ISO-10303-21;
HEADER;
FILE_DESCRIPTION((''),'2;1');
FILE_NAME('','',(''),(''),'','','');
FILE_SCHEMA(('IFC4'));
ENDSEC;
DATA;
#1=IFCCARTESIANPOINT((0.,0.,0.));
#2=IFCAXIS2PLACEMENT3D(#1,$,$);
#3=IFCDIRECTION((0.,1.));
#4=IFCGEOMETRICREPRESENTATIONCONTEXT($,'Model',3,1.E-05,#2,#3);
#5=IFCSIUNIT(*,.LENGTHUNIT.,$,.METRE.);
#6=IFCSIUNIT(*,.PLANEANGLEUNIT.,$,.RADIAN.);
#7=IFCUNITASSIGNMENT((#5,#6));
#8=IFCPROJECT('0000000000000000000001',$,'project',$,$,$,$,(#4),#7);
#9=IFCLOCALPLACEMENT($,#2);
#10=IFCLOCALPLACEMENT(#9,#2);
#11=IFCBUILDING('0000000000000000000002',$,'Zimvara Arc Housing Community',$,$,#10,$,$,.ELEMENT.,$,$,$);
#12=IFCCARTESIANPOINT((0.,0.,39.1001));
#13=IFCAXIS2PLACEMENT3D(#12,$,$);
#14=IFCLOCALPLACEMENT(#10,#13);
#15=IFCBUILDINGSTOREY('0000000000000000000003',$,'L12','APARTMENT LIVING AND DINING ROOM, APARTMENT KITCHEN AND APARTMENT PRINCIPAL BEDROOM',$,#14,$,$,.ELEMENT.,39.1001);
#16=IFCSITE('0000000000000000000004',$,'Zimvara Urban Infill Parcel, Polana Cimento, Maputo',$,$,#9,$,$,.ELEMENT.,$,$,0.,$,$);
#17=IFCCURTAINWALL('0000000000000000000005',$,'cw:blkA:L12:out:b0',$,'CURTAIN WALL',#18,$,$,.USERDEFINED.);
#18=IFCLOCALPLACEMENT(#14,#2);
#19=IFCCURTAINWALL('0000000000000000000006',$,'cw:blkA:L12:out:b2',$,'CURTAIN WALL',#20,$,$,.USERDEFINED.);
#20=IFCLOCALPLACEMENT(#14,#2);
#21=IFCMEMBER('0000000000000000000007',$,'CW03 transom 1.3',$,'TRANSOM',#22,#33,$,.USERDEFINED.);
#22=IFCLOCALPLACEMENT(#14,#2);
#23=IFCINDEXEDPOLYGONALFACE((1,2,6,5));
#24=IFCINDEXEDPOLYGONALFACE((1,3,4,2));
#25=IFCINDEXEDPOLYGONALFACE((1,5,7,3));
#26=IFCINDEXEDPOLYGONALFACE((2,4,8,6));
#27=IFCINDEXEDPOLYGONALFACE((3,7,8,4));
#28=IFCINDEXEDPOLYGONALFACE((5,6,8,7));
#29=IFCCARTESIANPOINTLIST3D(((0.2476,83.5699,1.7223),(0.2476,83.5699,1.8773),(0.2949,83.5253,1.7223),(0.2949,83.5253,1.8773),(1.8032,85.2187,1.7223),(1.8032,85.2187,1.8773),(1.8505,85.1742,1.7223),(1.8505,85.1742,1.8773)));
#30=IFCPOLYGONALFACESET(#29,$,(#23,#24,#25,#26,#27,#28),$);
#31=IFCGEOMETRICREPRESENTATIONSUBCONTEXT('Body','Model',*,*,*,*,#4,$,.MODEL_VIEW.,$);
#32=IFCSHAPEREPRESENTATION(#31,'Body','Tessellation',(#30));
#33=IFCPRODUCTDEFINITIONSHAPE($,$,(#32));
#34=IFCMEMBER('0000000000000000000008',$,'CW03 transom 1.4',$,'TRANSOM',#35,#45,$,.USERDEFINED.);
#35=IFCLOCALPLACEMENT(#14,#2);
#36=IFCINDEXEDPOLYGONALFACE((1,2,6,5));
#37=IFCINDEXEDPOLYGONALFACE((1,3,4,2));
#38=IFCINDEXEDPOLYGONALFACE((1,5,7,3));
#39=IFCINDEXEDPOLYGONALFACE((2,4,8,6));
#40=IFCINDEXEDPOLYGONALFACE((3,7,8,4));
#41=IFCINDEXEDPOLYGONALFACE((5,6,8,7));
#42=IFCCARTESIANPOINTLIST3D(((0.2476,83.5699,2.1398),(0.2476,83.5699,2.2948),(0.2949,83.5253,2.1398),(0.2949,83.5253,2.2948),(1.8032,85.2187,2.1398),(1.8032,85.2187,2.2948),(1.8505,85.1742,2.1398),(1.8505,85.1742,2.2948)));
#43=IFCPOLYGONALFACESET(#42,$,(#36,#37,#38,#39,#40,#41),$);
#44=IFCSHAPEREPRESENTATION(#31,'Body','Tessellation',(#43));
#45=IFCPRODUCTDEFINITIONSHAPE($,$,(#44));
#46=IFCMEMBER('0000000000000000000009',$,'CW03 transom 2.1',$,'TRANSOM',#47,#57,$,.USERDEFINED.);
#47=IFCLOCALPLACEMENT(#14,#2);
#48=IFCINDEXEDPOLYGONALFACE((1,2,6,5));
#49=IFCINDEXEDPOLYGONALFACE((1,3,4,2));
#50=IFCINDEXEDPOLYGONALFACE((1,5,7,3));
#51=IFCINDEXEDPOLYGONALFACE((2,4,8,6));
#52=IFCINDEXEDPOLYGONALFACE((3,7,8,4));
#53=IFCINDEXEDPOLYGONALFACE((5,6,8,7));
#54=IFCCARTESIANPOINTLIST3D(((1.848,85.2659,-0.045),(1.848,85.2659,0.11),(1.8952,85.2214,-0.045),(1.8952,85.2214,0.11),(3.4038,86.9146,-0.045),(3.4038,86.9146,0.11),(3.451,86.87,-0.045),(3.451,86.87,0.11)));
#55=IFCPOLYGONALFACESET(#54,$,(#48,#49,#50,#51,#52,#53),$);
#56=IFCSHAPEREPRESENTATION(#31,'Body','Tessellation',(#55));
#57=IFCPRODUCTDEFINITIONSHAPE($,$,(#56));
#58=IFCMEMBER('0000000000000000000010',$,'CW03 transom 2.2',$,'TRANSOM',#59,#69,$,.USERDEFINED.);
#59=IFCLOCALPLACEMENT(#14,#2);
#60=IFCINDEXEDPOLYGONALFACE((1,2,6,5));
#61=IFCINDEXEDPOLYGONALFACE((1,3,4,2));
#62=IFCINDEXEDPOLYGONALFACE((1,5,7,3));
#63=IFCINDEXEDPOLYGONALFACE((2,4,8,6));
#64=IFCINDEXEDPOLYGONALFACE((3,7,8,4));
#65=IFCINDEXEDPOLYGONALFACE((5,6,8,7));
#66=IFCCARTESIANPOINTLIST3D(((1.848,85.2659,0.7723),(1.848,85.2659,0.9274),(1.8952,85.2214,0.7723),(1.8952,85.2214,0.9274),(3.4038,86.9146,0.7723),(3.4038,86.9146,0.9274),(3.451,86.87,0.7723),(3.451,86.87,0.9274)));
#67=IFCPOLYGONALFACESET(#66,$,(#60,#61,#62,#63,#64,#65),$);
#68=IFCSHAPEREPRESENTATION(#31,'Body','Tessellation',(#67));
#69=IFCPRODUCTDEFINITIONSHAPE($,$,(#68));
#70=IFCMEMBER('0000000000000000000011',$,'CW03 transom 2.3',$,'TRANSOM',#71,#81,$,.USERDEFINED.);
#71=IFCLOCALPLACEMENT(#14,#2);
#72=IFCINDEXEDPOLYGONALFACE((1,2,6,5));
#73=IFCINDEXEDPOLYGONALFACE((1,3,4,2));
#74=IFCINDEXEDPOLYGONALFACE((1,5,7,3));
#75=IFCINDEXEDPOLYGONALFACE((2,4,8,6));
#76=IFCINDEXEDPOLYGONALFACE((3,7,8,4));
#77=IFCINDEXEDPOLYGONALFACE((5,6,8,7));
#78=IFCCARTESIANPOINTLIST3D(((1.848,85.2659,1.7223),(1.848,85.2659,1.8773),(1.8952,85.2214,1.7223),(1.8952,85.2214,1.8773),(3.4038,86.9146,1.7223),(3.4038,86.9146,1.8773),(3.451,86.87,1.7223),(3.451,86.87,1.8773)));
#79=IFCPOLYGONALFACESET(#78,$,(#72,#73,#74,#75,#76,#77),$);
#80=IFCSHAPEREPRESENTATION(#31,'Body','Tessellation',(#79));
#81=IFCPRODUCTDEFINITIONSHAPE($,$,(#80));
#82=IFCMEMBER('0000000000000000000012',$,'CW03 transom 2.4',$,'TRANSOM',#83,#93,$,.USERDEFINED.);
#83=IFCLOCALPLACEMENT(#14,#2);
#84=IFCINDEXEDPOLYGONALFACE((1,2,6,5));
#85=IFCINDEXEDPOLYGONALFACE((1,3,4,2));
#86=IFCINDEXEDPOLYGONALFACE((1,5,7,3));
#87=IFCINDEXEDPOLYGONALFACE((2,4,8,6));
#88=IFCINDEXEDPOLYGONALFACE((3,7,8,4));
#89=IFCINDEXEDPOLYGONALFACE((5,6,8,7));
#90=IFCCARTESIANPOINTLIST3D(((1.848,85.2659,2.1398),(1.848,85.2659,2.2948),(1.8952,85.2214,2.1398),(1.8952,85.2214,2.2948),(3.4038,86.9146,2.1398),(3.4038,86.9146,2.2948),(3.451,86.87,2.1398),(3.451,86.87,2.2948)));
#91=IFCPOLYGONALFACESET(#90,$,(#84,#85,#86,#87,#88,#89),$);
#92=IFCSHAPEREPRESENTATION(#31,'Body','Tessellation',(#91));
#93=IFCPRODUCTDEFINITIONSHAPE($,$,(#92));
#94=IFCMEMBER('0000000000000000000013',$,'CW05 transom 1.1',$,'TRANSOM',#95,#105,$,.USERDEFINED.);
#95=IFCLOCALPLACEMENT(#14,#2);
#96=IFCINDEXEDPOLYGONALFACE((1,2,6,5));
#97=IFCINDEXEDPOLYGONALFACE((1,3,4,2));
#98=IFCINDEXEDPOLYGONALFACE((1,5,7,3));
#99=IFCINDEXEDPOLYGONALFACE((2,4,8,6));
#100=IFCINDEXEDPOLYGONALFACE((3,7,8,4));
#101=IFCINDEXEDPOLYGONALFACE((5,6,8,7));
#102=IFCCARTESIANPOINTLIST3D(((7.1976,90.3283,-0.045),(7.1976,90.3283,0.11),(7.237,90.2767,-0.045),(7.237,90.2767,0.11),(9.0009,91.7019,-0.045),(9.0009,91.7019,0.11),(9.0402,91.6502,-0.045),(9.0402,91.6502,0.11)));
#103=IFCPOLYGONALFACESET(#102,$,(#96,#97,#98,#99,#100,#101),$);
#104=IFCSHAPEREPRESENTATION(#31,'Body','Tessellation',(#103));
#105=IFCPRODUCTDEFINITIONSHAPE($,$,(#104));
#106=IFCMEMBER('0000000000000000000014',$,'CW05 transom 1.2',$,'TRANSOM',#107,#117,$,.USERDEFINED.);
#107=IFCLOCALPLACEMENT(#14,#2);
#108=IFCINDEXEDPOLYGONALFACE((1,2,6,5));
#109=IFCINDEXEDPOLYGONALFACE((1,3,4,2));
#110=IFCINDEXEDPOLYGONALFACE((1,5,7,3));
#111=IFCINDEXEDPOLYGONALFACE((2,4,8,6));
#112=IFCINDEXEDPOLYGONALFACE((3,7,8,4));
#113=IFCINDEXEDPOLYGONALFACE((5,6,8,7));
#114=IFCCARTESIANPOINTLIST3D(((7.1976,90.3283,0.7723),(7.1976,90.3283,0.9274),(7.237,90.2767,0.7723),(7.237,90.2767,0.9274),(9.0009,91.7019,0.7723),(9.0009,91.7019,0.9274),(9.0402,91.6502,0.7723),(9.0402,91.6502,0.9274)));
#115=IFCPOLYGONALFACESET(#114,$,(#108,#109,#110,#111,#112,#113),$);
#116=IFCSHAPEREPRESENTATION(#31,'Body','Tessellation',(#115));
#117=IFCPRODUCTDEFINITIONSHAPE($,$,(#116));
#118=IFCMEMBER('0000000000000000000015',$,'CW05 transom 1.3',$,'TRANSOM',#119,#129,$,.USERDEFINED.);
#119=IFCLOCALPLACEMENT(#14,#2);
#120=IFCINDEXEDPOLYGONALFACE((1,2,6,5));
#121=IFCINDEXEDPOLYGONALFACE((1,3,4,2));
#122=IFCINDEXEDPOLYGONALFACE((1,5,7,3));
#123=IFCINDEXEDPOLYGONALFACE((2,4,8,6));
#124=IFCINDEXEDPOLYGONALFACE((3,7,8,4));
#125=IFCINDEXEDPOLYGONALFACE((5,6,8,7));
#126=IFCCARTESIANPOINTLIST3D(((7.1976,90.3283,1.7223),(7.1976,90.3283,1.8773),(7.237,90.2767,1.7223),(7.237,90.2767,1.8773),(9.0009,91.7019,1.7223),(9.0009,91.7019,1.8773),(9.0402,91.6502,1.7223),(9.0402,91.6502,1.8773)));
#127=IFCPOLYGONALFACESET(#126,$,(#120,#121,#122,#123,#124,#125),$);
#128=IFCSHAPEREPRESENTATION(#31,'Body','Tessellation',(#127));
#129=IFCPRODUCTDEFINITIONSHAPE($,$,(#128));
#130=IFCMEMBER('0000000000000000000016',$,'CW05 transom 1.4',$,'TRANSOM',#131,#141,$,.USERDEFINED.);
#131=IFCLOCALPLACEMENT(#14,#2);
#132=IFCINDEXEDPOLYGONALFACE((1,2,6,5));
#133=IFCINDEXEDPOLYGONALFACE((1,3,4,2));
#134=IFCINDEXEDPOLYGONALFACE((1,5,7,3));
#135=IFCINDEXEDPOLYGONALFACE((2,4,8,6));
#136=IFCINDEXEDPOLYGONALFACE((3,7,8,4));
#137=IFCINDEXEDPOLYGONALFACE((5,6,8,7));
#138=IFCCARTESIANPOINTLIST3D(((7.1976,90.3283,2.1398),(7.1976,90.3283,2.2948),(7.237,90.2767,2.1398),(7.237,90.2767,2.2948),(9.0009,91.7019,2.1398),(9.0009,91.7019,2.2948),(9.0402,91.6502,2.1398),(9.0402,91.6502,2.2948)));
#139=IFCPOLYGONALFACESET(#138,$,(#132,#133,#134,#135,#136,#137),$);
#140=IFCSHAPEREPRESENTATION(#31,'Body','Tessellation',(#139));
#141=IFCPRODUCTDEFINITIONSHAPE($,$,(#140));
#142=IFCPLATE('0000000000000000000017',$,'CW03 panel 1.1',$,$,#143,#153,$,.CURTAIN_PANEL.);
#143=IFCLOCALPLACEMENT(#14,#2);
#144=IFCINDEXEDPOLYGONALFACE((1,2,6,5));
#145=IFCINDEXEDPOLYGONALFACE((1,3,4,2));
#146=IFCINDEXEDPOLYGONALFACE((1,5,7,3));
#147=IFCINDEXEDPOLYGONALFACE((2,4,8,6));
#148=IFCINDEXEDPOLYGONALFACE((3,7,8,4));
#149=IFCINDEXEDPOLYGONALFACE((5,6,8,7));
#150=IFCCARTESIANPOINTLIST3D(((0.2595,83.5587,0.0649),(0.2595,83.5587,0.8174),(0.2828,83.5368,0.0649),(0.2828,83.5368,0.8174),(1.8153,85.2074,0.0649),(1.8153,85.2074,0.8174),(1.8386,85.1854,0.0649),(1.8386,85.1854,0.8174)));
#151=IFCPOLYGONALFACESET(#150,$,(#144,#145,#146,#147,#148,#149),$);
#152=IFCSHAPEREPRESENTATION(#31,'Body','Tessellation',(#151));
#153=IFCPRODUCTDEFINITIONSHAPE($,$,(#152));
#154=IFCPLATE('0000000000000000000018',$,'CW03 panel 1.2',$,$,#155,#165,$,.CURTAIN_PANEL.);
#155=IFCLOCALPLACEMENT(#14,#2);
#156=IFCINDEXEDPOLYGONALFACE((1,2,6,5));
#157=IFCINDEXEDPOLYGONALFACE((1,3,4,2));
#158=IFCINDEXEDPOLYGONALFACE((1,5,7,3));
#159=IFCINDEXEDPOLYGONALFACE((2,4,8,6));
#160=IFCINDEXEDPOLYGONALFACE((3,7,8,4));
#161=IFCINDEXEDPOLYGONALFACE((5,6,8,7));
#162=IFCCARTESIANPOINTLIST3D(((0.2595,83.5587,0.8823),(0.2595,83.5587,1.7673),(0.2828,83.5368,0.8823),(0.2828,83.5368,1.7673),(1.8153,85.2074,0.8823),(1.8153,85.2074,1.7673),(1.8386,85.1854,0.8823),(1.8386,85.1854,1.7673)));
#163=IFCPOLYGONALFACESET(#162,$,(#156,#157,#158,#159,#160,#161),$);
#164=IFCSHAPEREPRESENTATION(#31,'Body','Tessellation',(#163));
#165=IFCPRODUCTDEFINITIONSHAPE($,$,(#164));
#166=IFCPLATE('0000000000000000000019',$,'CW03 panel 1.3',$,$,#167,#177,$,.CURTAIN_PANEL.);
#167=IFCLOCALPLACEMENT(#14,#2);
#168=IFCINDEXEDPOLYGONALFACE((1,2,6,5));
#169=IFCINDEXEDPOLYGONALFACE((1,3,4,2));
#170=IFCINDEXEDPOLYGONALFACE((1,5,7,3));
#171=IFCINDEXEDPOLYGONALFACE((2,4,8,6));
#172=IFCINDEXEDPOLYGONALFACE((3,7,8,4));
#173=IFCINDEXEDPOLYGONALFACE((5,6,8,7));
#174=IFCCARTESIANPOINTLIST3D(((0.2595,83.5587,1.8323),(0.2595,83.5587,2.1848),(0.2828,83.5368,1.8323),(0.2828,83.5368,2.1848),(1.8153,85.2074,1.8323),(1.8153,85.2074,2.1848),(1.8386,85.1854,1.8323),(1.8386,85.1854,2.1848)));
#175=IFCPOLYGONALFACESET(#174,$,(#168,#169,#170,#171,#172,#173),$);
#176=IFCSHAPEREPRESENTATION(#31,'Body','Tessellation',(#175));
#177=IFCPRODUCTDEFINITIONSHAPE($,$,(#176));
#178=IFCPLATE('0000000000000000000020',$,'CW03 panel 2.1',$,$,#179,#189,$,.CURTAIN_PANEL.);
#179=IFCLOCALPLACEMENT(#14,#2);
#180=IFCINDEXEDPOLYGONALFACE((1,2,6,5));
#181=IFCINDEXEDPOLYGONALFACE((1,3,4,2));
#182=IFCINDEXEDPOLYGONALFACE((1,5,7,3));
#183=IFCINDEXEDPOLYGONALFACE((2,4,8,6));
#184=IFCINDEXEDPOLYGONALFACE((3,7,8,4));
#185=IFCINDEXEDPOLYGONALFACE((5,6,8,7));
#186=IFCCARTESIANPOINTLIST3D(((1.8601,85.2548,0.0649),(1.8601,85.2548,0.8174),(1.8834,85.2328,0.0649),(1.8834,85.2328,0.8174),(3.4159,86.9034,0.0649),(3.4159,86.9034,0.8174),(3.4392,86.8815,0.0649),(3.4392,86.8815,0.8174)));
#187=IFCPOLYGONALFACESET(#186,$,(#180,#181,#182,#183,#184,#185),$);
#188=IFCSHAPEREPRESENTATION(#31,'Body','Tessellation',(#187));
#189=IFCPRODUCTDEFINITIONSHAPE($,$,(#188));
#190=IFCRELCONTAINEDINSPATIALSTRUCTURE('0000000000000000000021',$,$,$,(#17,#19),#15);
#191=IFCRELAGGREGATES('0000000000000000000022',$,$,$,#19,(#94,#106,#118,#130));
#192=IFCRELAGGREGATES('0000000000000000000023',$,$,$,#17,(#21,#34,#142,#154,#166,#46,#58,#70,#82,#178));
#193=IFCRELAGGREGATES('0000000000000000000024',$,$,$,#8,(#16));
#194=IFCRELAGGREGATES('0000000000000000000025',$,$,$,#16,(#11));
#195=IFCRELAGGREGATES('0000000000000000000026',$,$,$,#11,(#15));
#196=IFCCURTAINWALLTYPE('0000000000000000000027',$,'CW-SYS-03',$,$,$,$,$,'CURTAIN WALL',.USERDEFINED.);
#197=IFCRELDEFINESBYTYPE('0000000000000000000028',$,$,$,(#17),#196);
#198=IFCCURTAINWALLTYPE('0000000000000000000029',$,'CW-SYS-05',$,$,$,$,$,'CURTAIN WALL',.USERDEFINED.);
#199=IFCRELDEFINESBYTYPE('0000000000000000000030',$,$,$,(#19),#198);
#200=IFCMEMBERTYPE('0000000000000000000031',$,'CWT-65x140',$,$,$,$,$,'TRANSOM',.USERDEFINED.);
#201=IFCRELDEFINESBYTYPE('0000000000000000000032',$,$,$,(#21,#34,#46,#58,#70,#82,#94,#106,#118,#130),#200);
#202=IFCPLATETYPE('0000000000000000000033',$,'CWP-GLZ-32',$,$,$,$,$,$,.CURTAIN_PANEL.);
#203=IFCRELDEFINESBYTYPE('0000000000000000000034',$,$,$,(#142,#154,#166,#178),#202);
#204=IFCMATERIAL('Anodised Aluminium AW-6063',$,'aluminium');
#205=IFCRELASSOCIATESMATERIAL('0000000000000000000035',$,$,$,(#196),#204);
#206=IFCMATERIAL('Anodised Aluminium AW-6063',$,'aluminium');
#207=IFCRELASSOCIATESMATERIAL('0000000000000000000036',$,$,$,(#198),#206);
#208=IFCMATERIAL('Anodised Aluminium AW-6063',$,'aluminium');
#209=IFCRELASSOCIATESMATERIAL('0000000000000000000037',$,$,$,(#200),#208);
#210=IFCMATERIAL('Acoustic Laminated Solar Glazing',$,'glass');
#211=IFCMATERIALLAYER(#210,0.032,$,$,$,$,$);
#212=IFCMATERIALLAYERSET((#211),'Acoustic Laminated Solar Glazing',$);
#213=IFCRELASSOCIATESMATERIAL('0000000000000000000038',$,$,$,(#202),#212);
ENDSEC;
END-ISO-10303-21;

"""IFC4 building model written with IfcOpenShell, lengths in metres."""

from ifc_helpers import new_model, si_unit, direction, frame, origin, origin_2d, place, context, subcontext, project, spatial, rectangle, extrude, material, layer, layer_set, material_profile, profile_set, type_object, element, aggregate, save


model = new_model("IFC4")

# Units and contexts
model_context = context("Model", 3, precision=1e-05, world=origin(), true_north=direction((0.0, 1.0)))
body_context = subcontext(model_context, "Body", "Model", "MODEL_VIEW")
ifc_project = project(units=[si_unit("LENGTHUNIT", "METRE"), si_unit("PLANEANGLEUNIT", "RADIAN")], contexts=[model_context])

# Site, building, storey
site_placement = place(None, origin())
site = spatial("IfcSite", under=ifc_project, at=site_placement, Name="Zimvara Urban Infill Parcel, Polana Cimento, Maputo", CompositionType="ELEMENT", RefElevation=0.0)
building_placement = place(site_placement, origin())
building = spatial("IfcBuilding", under=site, at=building_placement, Name="Zimvara Arc Housing Community", CompositionType="ELEMENT")
storey_placement = place(building_placement, frame((0.0, 0.0, 39.1001)))
storey = spatial("IfcBuildingStorey", under=building, at=storey_placement, Name="L12", Description="APARTMENT LIVING AND DINING ROOM, APARTMENT KITCHEN AND APARTMENT PRINCIPAL BEDROOM", CompositionType="ELEMENT", Elevation=39.1001)

# Curtain wall
ifc_material_1 = material(Name="Anodised Aluminium AW-6063", Category="aluminium")
curtain_wall_type_1 = type_object("IfcCurtainWallType", Name="CW-SYS-03", ElementType="CURTAIN WALL", PredefinedType="USERDEFINED", material=ifc_material_1)
curtain_wall_1_placement = place(storey_placement, origin())
curtain_wall_1 = element("IfcCurtainWall", 1, at=curtain_wall_1_placement, inside=storey, type_object=curtain_wall_type_1, Name="cw:blkA:L12:out:b0", ObjectType="CURTAIN WALL", PredefinedType="USERDEFINED")

# Curtain wall
ifc_material_2 = material(Name="Anodised Aluminium AW-6063", Category="aluminium")
curtain_wall_type_2 = type_object("IfcCurtainWallType", Name="CW-SYS-05", ElementType="CURTAIN WALL", PredefinedType="USERDEFINED", material=ifc_material_2)
curtain_wall_2_placement = place(storey_placement, origin())
curtain_wall_2 = element("IfcCurtainWall", 2, at=curtain_wall_2_placement, inside=storey, type_object=curtain_wall_type_2, Name="cw:blkA:L12:out:b2", ObjectType="CURTAIN WALL", PredefinedType="USERDEFINED")

# Members
ifc_material_3 = material(Name="Anodised Aluminium AW-6063", Category="aluminium")
ifc_material_profile_1 = material_profile(ifc_material_3, rectangle(XDim=0.0649, YDim=0.155, at=origin_2d()), Name="ALU 65x155")
ifc_profile_set_1 = profile_set([ifc_material_profile_1], Name="Anodised Aluminium AW-6063")
member_type_1 = type_object("IfcMemberType", Name="CWT-65x140", ElementType="TRANSOM", PredefinedType="USERDEFINED", material=ifc_profile_set_1)
member_1_placement = place(storey_placement, frame((0.2712, 83.5476, 1.7998), z_axis=(0.686238, 0.727377, 0.0), x_axis=(-0.727377, 0.686238, 0.0)))
member_1 = element("IfcMember", 3, at=member_1_placement, type_object=member_type_1, Name="CW03 transom 1.3", ObjectType="TRANSOM", PredefinedType="USERDEFINED", context=body_context, shape_type="SweptSolid", body=[
    extrude(rectangle(XDim=0.0649, YDim=0.155, at=origin_2d()), origin(), (0.0, 0.0, 1.0), 2.2668),
])
member_2_placement = place(storey_placement, frame((0.2712, 83.5476, 2.2173), z_axis=(0.686238, 0.727377, 0.0), x_axis=(-0.727377, 0.686238, 0.0)))
member_2 = element("IfcMember", 4, at=member_2_placement, type_object=member_type_1, Name="CW03 transom 1.4", ObjectType="TRANSOM", PredefinedType="USERDEFINED", context=body_context, shape_type="SweptSolid", body=[
    extrude(rectangle(XDim=0.0649, YDim=0.155, at=origin_2d()), origin(), (0.0, 0.0, 1.0), 2.2668),
])
member_3_placement = place(storey_placement, frame((1.8716, 85.2437, 0.0325), z_axis=(0.686348, 0.727273, 0.0), x_axis=(-0.727273, 0.686348, 0.0)))
member_3 = element("IfcMember", 5, at=member_3_placement, type_object=member_type_1, Name="CW03 transom 2.1", ObjectType="TRANSOM", PredefinedType="USERDEFINED", context=body_context, shape_type="SweptSolid", body=[
    extrude(rectangle(XDim=0.0649, YDim=0.155, at=origin_2d()), origin(), (0.0, 0.0, 1.0), 2.2668),
])
member_4_placement = place(storey_placement, frame((1.8716, 85.2437, 0.8499), z_axis=(0.686348, 0.727273, 0.0), x_axis=(-0.727273, 0.686348, 0.0)))
member_4 = element("IfcMember", 6, at=member_4_placement, type_object=member_type_1, Name="CW03 transom 2.2", ObjectType="TRANSOM", PredefinedType="USERDEFINED", context=body_context, shape_type="SweptSolid", body=[
    extrude(rectangle(XDim=0.0649, YDim=0.155, at=origin_2d()), origin(), (0.0, 0.0, 1.0), 2.2668),
])
member_5_placement = place(storey_placement, frame((1.8716, 85.2437, 1.7998), z_axis=(0.686348, 0.727273, 0.0), x_axis=(-0.727273, 0.686348, 0.0)))
member_5 = element("IfcMember", 7, at=member_5_placement, type_object=member_type_1, Name="CW03 transom 2.3", ObjectType="TRANSOM", PredefinedType="USERDEFINED", context=body_context, shape_type="SweptSolid", body=[
    extrude(rectangle(XDim=0.0649, YDim=0.155, at=origin_2d()), origin(), (0.0, 0.0, 1.0), 2.2668),
])
member_6_placement = place(storey_placement, frame((1.8716, 85.2437, 2.2173), z_axis=(0.686348, 0.727273, 0.0), x_axis=(-0.727273, 0.686348, 0.0)))
member_6 = element("IfcMember", 8, at=member_6_placement, type_object=member_type_1, Name="CW03 transom 2.4", ObjectType="TRANSOM", PredefinedType="USERDEFINED", context=body_context, shape_type="SweptSolid", body=[
    extrude(rectangle(XDim=0.0649, YDim=0.155, at=origin_2d()), origin(), (0.0, 0.0, 1.0), 2.2668),
])
member_7_placement = place(storey_placement, frame((7.2173, 90.3025, 0.0325), z_axis=(0.795506, 0.605946, 0.0), x_axis=(-0.605946, 0.795506, 0.0)))
member_7 = element("IfcMember", 9, at=member_7_placement, type_object=member_type_1, Name="CW05 transom 1.1", ObjectType="TRANSOM", PredefinedType="USERDEFINED", context=body_context, shape_type="SweptSolid", body=[
    extrude(rectangle(XDim=0.0649, YDim=0.155, at=origin_2d()), origin(), (0.0, 0.0, 1.0), 2.2668),
])
member_8_placement = place(storey_placement, frame((7.2173, 90.3025, 0.8499), z_axis=(0.795506, 0.605946, 0.0), x_axis=(-0.605946, 0.795506, 0.0)))
member_8 = element("IfcMember", 10, at=member_8_placement, type_object=member_type_1, Name="CW05 transom 1.2", ObjectType="TRANSOM", PredefinedType="USERDEFINED", context=body_context, shape_type="SweptSolid", body=[
    extrude(rectangle(XDim=0.0649, YDim=0.155, at=origin_2d()), origin(), (0.0, 0.0, 1.0), 2.2668),
])
member_9_placement = place(storey_placement, frame((7.2173, 90.3025, 1.7998), z_axis=(0.795506, 0.605946, 0.0), x_axis=(-0.605946, 0.795506, 0.0)))
member_9 = element("IfcMember", 11, at=member_9_placement, type_object=member_type_1, Name="CW05 transom 1.3", ObjectType="TRANSOM", PredefinedType="USERDEFINED", context=body_context, shape_type="SweptSolid", body=[
    extrude(rectangle(XDim=0.0649, YDim=0.155, at=origin_2d()), origin(), (0.0, 0.0, 1.0), 2.2668),
])
member_10_placement = place(storey_placement, frame((7.2173, 90.3025, 2.2173), z_axis=(0.795506, 0.605946, 0.0), x_axis=(-0.605946, 0.795506, 0.0)))
member_10 = element("IfcMember", 12, at=member_10_placement, type_object=member_type_1, Name="CW05 transom 1.4", ObjectType="TRANSOM", PredefinedType="USERDEFINED", context=body_context, shape_type="SweptSolid", body=[
    extrude(rectangle(XDim=0.0649, YDim=0.155, at=origin_2d()), origin(), (0.0, 0.0, 1.0), 2.2668),
])
aggregate(curtain_wall_2, [member_7, member_8, member_9, member_10])

# Plates
ifc_material_4 = material(Name="Acoustic Laminated Solar Glazing", Category="glass")
ifc_layer_1 = layer(ifc_material_4, 0.032)
ifc_layer_set_1 = layer_set([ifc_layer_1], Name="Acoustic Laminated Solar Glazing")
plate_type = type_object("IfcPlateType", Name="CWP-GLZ-32", PredefinedType="CURTAIN_PANEL", material=ifc_layer_set_1)
plate_1_placement = place(storey_placement, frame((1.0491, 84.3721, 0.0649), z_axis=(0.0, 0.0, 1.0), x_axis=(0.686326, 0.727294, 0.0)))
plate_1 = element("IfcPlate", 13, at=plate_1_placement, type_object=plate_type, Name="CW03 panel 1.1", PredefinedType="CURTAIN_PANEL", context=body_context, shape_type="SweptSolid", body=[
    extrude(rectangle(XDim=2.2668, YDim=0.032, at=origin_2d()), origin(), (0.0, 0.0, 1.0), 0.7524),
])
plate_2_placement = place(storey_placement, frame((1.0491, 84.3721, 0.8823), z_axis=(0.0, 0.0, 1.0), x_axis=(0.686326, 0.727294, 0.0)))
plate_2 = element("IfcPlate", 14, at=plate_2_placement, type_object=plate_type, Name="CW03 panel 1.2", PredefinedType="CURTAIN_PANEL", context=body_context, shape_type="SweptSolid", body=[
    extrude(rectangle(XDim=2.2668, YDim=0.032, at=origin_2d()), origin(), (0.0, 0.0, 1.0), 0.885),
])
plate_3_placement = place(storey_placement, frame((1.0491, 84.3721, 1.8323), z_axis=(0.0, 0.0, 1.0), x_axis=(0.686326, 0.727294, 0.0)))
plate_3 = element("IfcPlate", 15, at=plate_3_placement, type_object=plate_type, Name="CW03 panel 1.3", PredefinedType="CURTAIN_PANEL", context=body_context, shape_type="SweptSolid", body=[
    extrude(rectangle(XDim=2.2668, YDim=0.032, at=origin_2d()), origin(), (0.0, 0.0, 1.0), 0.3525),
])
plate_4_placement = place(storey_placement, frame((2.6497, 86.0681, 0.0649), z_axis=(0.0, 0.0, 1.0), x_axis=(0.686326, 0.727294, 0.0)))
plate_4 = element("IfcPlate", 16, at=plate_4_placement, type_object=plate_type, Name="CW03 panel 2.1", PredefinedType="CURTAIN_PANEL", context=body_context, shape_type="SweptSolid", body=[
    extrude(rectangle(XDim=2.2668, YDim=0.032, at=origin_2d()), origin(), (0.0, 0.0, 1.0), 0.7524),
])
aggregate(curtain_wall_1, [member_1, member_2, plate_1, plate_2, plate_3, member_3, member_4, member_5, member_6, plate_4])

save(model, "model.ifc")
